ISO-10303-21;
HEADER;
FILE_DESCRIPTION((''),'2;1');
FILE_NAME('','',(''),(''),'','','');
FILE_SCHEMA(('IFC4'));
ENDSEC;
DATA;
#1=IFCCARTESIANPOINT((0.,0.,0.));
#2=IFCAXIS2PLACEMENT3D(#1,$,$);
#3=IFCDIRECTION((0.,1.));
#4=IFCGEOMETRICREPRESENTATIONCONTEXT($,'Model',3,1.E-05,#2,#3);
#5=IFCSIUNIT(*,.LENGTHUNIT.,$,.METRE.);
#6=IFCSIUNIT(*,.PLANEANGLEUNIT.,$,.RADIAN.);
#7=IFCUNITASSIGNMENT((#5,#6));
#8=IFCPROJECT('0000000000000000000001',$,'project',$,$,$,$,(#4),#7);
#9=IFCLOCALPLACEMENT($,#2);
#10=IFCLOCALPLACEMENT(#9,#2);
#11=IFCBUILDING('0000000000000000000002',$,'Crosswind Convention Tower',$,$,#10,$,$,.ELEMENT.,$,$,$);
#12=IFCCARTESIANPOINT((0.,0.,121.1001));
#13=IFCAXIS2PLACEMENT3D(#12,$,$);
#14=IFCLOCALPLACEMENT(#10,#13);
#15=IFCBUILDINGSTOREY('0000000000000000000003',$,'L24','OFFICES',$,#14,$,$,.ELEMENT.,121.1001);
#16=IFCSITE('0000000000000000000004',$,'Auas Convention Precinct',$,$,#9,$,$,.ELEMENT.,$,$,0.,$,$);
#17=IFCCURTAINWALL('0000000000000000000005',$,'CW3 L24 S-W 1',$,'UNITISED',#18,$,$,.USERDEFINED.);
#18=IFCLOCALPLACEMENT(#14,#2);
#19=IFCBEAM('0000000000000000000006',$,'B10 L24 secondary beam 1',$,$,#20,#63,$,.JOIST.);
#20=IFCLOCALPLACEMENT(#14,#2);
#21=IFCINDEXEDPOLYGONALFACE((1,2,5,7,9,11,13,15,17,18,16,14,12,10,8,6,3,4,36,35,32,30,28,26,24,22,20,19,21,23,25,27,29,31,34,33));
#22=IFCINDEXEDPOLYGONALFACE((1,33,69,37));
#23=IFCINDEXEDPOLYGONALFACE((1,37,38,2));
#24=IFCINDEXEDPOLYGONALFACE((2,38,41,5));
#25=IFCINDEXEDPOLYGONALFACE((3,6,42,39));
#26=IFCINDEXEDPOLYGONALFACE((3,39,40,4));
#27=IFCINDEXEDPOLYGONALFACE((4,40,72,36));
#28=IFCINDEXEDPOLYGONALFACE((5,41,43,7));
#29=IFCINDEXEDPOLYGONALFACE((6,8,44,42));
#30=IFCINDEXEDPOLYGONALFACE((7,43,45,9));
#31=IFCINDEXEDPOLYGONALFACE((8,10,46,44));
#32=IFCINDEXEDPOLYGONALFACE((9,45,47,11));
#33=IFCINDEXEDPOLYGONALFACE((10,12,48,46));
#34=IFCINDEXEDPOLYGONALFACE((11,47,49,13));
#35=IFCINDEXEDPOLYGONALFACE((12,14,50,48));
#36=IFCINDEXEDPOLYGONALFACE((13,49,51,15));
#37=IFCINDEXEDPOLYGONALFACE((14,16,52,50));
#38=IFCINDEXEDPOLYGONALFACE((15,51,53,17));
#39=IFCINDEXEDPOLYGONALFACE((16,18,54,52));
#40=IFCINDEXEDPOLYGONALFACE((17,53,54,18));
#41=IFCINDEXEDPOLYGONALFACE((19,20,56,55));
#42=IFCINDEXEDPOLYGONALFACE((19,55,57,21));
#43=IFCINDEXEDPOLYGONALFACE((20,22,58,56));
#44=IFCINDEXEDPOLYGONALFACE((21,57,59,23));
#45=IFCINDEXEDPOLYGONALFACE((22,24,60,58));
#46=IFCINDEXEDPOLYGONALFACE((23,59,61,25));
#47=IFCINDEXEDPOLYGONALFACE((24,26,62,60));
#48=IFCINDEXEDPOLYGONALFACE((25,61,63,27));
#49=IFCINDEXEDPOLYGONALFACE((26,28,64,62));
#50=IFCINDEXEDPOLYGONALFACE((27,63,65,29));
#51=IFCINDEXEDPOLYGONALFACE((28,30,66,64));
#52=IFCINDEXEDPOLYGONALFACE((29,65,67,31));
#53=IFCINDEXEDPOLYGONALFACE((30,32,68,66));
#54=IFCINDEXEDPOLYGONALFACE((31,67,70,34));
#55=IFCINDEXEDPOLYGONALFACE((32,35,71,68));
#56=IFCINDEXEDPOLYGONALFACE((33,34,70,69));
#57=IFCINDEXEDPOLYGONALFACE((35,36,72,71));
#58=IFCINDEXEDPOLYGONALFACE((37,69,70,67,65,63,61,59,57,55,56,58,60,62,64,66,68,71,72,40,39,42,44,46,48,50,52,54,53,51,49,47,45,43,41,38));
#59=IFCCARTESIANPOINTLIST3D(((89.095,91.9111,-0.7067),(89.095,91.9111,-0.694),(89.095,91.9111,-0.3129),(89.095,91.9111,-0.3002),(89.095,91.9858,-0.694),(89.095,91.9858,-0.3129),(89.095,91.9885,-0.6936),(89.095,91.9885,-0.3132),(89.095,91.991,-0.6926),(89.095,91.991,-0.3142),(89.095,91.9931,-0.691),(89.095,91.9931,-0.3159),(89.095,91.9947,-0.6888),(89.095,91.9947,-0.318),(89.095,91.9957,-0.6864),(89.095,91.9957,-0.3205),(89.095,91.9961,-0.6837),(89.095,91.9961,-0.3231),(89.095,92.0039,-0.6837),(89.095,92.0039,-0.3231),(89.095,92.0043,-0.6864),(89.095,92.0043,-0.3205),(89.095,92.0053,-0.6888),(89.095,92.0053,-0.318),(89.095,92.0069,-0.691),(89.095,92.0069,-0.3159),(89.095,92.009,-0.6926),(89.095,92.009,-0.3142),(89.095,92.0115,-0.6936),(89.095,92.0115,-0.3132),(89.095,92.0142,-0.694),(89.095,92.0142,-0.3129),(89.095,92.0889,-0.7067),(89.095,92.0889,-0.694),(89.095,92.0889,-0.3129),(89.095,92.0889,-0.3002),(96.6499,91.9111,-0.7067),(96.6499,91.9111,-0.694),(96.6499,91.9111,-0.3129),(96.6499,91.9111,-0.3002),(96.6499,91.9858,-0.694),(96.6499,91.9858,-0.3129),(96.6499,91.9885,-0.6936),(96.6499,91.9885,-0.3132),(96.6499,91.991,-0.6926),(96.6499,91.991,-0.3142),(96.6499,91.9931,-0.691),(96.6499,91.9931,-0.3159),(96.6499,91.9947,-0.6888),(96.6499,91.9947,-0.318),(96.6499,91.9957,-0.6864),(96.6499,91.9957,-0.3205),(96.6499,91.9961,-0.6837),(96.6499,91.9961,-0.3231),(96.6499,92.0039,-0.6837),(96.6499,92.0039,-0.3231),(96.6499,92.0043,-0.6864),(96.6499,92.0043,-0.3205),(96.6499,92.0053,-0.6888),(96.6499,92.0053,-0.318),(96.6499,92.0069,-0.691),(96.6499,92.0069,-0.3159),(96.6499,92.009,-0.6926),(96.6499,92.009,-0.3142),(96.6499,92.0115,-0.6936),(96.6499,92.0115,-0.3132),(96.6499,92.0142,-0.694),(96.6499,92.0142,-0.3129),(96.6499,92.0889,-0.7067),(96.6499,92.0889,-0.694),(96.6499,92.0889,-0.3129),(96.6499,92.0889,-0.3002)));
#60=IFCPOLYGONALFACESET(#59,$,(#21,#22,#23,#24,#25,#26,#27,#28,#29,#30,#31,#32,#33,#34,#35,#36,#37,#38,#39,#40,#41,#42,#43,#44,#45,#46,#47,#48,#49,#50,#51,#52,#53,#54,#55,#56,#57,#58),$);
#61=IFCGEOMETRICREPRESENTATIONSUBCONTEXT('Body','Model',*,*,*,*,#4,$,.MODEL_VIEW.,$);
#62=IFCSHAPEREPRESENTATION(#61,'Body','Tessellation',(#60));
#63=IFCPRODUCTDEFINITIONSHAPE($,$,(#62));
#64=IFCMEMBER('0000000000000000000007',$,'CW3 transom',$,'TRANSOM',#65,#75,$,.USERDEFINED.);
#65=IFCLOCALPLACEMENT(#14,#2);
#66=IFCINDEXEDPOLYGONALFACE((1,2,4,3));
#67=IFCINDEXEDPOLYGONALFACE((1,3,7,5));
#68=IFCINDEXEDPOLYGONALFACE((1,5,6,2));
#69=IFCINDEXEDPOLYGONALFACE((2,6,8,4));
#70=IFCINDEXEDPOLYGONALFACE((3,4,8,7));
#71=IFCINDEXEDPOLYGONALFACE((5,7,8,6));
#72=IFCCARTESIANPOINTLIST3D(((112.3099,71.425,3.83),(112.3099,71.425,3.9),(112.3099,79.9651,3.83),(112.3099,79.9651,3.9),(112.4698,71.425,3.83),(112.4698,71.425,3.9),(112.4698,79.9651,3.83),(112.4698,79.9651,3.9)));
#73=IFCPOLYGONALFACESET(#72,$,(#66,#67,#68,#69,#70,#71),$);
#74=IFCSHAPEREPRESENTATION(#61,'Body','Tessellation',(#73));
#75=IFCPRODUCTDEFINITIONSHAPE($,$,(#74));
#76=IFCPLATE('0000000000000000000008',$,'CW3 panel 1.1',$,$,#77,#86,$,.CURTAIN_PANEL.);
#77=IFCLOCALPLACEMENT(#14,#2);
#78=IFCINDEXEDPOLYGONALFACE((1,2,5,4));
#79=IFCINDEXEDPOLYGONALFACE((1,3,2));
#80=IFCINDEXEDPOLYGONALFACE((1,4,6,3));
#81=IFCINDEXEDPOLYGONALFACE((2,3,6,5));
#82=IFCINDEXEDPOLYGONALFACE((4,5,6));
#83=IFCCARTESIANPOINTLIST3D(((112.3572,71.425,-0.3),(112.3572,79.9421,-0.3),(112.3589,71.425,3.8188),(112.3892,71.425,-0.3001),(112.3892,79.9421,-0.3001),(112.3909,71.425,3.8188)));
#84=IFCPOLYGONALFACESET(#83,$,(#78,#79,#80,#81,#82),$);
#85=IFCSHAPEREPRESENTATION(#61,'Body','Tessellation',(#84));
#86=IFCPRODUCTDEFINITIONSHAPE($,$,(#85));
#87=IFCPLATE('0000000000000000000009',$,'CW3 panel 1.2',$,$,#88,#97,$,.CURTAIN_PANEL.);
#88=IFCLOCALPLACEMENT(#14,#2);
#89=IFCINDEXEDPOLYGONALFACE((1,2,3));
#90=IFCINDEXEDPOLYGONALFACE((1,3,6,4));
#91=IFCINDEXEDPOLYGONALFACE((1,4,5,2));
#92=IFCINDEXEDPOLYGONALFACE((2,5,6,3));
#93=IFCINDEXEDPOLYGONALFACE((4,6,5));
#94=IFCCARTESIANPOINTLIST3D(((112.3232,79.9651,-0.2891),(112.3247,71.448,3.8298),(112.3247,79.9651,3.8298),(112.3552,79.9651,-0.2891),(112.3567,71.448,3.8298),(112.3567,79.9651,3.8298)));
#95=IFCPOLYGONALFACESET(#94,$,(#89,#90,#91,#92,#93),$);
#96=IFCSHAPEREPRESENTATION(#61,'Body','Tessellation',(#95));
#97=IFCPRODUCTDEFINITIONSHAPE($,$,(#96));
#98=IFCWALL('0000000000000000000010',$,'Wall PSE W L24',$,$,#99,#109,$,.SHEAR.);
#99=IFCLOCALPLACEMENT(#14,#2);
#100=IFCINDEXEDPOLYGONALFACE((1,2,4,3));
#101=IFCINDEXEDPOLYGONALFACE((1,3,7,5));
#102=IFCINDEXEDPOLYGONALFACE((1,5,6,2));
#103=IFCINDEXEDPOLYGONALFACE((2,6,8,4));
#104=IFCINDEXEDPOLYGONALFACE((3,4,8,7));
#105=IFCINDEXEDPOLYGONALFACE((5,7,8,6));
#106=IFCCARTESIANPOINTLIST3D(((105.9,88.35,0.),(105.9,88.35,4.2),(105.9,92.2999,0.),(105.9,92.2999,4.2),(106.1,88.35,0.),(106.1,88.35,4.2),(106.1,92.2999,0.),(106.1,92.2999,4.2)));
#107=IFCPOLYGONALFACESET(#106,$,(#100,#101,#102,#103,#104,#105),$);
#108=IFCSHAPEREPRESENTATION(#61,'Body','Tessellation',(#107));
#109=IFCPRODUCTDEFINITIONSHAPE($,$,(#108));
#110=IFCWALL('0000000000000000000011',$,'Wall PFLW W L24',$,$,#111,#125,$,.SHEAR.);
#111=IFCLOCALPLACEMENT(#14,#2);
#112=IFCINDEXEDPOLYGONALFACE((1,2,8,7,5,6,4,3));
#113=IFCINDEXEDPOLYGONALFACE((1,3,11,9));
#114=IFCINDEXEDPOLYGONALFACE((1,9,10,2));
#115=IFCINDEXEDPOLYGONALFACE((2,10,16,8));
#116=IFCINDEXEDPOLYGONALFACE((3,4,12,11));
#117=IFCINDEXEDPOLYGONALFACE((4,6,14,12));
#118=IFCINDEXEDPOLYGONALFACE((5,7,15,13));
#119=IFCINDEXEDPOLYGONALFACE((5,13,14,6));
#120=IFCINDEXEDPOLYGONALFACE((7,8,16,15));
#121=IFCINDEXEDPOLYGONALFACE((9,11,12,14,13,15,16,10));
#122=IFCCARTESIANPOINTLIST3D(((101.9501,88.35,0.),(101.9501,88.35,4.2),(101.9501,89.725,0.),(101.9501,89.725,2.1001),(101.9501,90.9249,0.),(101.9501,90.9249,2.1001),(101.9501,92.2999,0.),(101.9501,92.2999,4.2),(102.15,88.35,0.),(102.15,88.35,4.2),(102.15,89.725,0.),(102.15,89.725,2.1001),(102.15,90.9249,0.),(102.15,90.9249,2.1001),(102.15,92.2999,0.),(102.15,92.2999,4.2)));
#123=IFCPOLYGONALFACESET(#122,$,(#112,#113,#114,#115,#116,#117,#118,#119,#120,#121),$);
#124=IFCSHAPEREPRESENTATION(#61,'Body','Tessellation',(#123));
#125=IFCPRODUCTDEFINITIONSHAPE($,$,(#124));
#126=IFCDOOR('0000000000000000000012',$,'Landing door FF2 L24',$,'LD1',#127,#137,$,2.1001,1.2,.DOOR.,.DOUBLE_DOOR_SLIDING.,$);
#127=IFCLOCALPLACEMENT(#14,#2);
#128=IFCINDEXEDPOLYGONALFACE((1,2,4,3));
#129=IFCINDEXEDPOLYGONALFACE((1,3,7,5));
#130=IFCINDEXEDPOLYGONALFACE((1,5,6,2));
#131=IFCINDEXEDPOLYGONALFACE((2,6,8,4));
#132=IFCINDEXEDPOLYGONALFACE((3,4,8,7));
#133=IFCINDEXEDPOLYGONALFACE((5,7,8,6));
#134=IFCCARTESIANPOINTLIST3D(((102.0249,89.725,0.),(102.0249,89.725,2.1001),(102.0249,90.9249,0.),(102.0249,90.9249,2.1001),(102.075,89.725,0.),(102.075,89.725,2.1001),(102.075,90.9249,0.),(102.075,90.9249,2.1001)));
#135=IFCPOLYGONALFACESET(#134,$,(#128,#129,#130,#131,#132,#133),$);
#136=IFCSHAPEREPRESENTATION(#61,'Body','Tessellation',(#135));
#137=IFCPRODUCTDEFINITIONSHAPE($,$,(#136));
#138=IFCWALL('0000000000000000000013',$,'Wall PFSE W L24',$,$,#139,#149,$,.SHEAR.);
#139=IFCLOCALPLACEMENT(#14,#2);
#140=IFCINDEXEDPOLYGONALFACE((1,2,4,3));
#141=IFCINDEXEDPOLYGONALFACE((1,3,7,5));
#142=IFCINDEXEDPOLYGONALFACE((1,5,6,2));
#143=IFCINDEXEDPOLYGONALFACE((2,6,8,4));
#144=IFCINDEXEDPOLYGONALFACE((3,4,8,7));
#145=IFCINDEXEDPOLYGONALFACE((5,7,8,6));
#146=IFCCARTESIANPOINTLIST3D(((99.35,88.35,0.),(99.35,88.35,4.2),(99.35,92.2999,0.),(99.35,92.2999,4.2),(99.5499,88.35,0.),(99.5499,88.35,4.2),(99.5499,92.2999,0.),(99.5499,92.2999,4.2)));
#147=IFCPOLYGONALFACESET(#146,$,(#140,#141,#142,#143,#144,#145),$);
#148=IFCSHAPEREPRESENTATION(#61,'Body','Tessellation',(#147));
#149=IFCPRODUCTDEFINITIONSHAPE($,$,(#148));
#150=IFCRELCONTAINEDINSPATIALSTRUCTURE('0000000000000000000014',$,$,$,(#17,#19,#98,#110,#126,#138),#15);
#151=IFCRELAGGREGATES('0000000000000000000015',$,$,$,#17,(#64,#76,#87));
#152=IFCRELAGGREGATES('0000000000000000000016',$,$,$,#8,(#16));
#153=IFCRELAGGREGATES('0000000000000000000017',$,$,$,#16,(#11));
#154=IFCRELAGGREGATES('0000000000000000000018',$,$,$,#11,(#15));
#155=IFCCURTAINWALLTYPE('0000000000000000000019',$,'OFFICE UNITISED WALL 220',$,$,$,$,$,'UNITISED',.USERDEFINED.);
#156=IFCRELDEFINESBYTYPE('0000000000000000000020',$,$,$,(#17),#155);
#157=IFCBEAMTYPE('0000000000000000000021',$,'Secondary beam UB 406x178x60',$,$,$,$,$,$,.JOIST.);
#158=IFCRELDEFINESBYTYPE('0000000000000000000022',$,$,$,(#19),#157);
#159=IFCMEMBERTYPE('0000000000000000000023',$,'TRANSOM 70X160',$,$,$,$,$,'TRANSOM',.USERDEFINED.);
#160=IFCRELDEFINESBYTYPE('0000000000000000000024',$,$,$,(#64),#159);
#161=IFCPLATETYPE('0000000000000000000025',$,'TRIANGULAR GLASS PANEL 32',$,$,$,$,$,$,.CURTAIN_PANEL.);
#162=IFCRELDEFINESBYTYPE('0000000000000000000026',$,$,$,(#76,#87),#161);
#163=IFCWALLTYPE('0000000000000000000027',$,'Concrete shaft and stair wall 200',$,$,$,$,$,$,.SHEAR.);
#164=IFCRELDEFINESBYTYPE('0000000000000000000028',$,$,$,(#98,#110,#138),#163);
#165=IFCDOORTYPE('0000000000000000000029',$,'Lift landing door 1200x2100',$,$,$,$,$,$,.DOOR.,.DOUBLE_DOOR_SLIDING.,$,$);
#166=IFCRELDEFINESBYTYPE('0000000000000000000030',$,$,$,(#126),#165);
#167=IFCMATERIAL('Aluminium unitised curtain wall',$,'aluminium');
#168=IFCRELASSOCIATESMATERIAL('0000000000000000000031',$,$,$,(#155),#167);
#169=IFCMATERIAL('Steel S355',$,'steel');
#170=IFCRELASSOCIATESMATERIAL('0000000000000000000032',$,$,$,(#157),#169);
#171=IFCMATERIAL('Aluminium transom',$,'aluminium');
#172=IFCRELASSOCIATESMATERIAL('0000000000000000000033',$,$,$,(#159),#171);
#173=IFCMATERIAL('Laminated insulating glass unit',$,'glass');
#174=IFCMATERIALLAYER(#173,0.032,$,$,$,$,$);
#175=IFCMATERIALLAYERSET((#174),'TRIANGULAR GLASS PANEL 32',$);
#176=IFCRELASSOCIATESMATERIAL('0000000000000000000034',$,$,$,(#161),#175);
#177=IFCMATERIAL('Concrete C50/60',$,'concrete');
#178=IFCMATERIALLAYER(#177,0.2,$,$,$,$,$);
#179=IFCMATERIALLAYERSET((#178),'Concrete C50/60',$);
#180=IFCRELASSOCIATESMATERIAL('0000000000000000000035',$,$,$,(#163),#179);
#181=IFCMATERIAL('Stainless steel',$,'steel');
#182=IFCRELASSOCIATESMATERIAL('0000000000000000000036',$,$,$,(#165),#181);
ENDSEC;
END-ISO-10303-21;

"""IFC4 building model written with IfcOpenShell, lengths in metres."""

from ifc_helpers import new_model, si_unit, direction, frame, frame_2d, origin, origin_2d, place, context, subcontext, project, spatial, polyline, rectangle, i_section, outline, extrude, material, layer, layer_set, material_profile, profile_set, type_object, element, fill, aggregate, save


model = new_model("IFC4")

# Units and contexts
model_context = context("Model", 3, precision=1e-05, world=origin(), true_north=direction((0.0, 1.0)))
body_context = subcontext(model_context, "Body", "Model", "MODEL_VIEW")
ifc_project = project(units=[si_unit("LENGTHUNIT", "METRE"), si_unit("PLANEANGLEUNIT", "RADIAN")], contexts=[model_context])

# Site, building, storey
site_placement = place(None, origin())
site = spatial("IfcSite", under=ifc_project, at=site_placement, Name="Auas Convention Precinct", CompositionType="ELEMENT", RefElevation=0.0)
building_placement = place(site_placement, origin())
building = spatial("IfcBuilding", under=site, at=building_placement, Name="Crosswind Convention Tower", CompositionType="ELEMENT")
storey_placement = place(building_placement, frame((0.0, 0.0, 121.1001)))
storey = spatial("IfcBuildingStorey", under=building, at=storey_placement, Name="L24", Description="OFFICES", CompositionType="ELEMENT", Elevation=121.1001)

# Shared definitions
ifc_material_1 = material(Name="Steel S355", Category="steel")

# Shared definitions
ifc_material_2 = material(Name="Aluminium unitised curtain wall", Category="aluminium")

# Curtain wall
curtain_wall_type_1 = type_object("IfcCurtainWallType", Name="OFFICE UNITISED WALL 220", ElementType="UNITISED", PredefinedType="USERDEFINED", material=ifc_material_2)
curtain_wall_1_placement = place(storey_placement, origin())
curtain_wall_1 = element("IfcCurtainWall", 1, at=curtain_wall_1_placement, inside=storey, type_object=curtain_wall_type_1, Name="CW3 L24 S-W 1", ObjectType="UNITISED", PredefinedType="USERDEFINED")

# Beam
ifc_material_profile_1 = material_profile(ifc_material_1, i_section(OverallWidth=0.1777, OverallDepth=0.4065, WebThickness=0.0078, FlangeThickness=0.0127, FilletRadius=0.0103, at=origin_2d()), Name="UB 406x178x60")
ifc_profile_set_1 = profile_set([ifc_material_profile_1], Name="Steel S355")
beam_type_1 = type_object("IfcBeamType", Name="Secondary beam UB 406x178x60", PredefinedType="JOIST", material=ifc_profile_set_1)
beam_1_placement = place(storey_placement, frame((89.095, 92.0, -0.5034), z_axis=(1.0, 0.0, 0.0), x_axis=(0.0, 1.0, 0.0)))
element("IfcBeam", 2, at=beam_1_placement, inside=storey, type_object=beam_type_1, Name="B10 L24 secondary beam 1", PredefinedType="JOIST", context=body_context, shape_type="SweptSolid", body=[
    extrude(i_section(OverallWidth=0.1777, OverallDepth=0.4065, WebThickness=0.0078, FlangeThickness=0.0127, FilletRadius=0.0103, at=origin_2d()), origin(), (0.0, 0.0, 1.0), 7.5549),
])

# Member
ifc_material_3 = material(Name="Aluminium transom", Category="aluminium")
ifc_material_profile_2 = material_profile(ifc_material_3, rectangle(XDim=0.1599, YDim=0.0701, at=origin_2d()), Name="AL 160X70")
ifc_profile_set_2 = profile_set([ifc_material_profile_2], Name="Aluminium transom")
member_type_1 = type_object("IfcMemberType", Name="TRANSOM 70X160", ElementType="TRANSOM", PredefinedType="USERDEFINED", material=ifc_profile_set_2)
member_1_placement = place(storey_placement, frame((112.3899, 79.9651, 3.865), z_axis=(0.0, -1.0, 0.0), x_axis=(1.0, 0.0, 0.0)))
member_1 = element("IfcMember", 3, at=member_1_placement, type_object=member_type_1, Name="CW3 transom", ObjectType="TRANSOM", PredefinedType="USERDEFINED", context=body_context, shape_type="SweptSolid", body=[
    extrude(rectangle(XDim=0.1599, YDim=0.0701, at=origin_2d()), origin(), (0.0, 0.0, 1.0), 8.54),
])

# Plates
ifc_material_4 = material(Name="Laminated insulating glass unit", Category="glass")
ifc_layer_1 = layer(ifc_material_4, 0.032)
ifc_layer_set_1 = layer_set([ifc_layer_1], Name="TRIANGULAR GLASS PANEL 32")
plate_type = type_object("IfcPlateType", Name="TRIANGULAR GLASS PANEL 32", PredefinedType="CURTAIN_PANEL", material=ifc_layer_set_1)
plate_1_placement = place(storey_placement, frame((112.3572, 71.425, -0.3), z_axis=(-1.0, 0.0, 0.000415), x_axis=(0.000415, 0.0, 1.0)))
plate_1 = element("IfcPlate", 4, at=plate_1_placement, type_object=plate_type, Name="CW3 panel 1.1", PredefinedType="CURTAIN_PANEL", context=body_context, shape_type="SweptSolid", body=[
    extrude(outline(polyline([(0.0, 0.0), (4.1189, 0.0), (0.0, 8.5171), (0.0, 0.0)])), origin(), (0.0, 0.0, -1.0), 0.032),
])
plate_2_placement = place(storey_placement, frame((112.3247, 79.9651, 3.8298), z_axis=(-1.0, 0.0, 0.000356), x_axis=(-0.000356, 0.0, -1.0)))
plate_2 = element("IfcPlate", 5, at=plate_2_placement, type_object=plate_type, Name="CW3 panel 1.2", PredefinedType="CURTAIN_PANEL", context=body_context, shape_type="SweptSolid", body=[
    extrude(outline(polyline([(0.0, 0.0), (4.1189, 0.0), (0.0, 8.5171), (0.0, 0.0)])), origin(), (0.0, 0.0, -1.0), 0.032),
])

# Wall
ifc_material_5 = material(Name="Concrete C50/60", Category="concrete")
ifc_layer_2 = layer(ifc_material_5, 0.2)
ifc_layer_set_2 = layer_set([ifc_layer_2], Name="Concrete C50/60")
wall_type_1 = type_object("IfcWallType", Name="Concrete shaft and stair wall 200", PredefinedType="SHEAR", material=ifc_layer_set_2)
wall_1_placement = place(storey_placement, frame((106.0, 92.3, 0.0), z_axis=(0.0, 0.0, 1.0), x_axis=(0.0, -1.0, 0.0)))
element("IfcWall", 6, at=wall_1_placement, inside=storey, type_object=wall_type_1, Name="Wall PSE W L24", PredefinedType="SHEAR", context=body_context, shape_type="SweptSolid", body=[
    extrude(rectangle(XDim=3.95, YDim=0.2, at=frame_2d((1.9751, 0.0))), origin(), (0.0, 0.0, 1.0), 4.2),
])

# Wall, opening, door
wall_2_placement = place(storey_placement, frame((102.05, 92.3, 0.0), z_axis=(0.0, 0.0, 1.0), x_axis=(0.0, -1.0, 0.0)))
wall_2 = element("IfcWall", 7, at=wall_2_placement, inside=storey, type_object=wall_type_1, Name="Wall PFLW W L24", PredefinedType="SHEAR", context=body_context, shape_type="SweptSolid", body=[
    extrude(rectangle(XDim=3.95, YDim=0.2, at=frame_2d((1.9751, 0.0))), origin(), (0.0, 0.0, 1.0), 4.2),
])
opening_1_placement = place(wall_2_placement, frame((1.375, 0.0, 0.0)))
opening_1 = element("IfcOpeningElement", 8, at=opening_1_placement, cuts=wall_2, PredefinedType="OPENING", context=body_context, shape_type="SweptSolid", body=[
    extrude(rectangle(XDim=1.2, YDim=2.1001, at=frame_2d((0.6001, 1.05))), frame((0.0, 0.1099, 0.0), z_axis=(0.0, -1.0, 0.0), x_axis=(1.0, 0.0, 0.0)), (0.0, 0.0, 1.0), 0.22),
])
ifc_material_6 = material(Name="Stainless steel", Category="steel")
door_type_1 = type_object("IfcDoorType", Name="Lift landing door 1200x2100", OperationType="DOUBLE_DOOR_SLIDING", PredefinedType="DOOR", material=ifc_material_6)
door_1_placement = place(opening_1_placement, origin())
door_1 = element("IfcDoor", 9, at=door_1_placement, inside=storey, type_object=door_type_1, Name="Landing door FF2 L24", ObjectType="LD1", OperationType="DOUBLE_DOOR_SLIDING", OverallHeight=2.1001, OverallWidth=1.2, PredefinedType="DOOR", context=body_context, shape_type="SweptSolid", body=[
    extrude(rectangle(XDim=1.2, YDim=2.1001, at=frame_2d((0.6001, 1.05))), frame((0.0, 0.0249, 0.0), z_axis=(0.0, -1.0, 0.0), x_axis=(1.0, 0.0, 0.0)), (0.0, 0.0, 1.0), 0.05),
])
fill(opening_1, door_1)

# Wall
wall_3_placement = place(storey_placement, frame((99.45, 92.3, 0.0), z_axis=(0.0, 0.0, 1.0), x_axis=(0.0, -1.0, 0.0)))
element("IfcWall", 10, at=wall_3_placement, inside=storey, type_object=wall_type_1, Name="Wall PFSE W L24", PredefinedType="SHEAR", context=body_context, shape_type="SweptSolid", body=[
    extrude(rectangle(XDim=3.95, YDim=0.2, at=frame_2d((1.9751, 0.0))), origin(), (0.0, 0.0, 1.0), 4.2),
])

aggregate(curtain_wall_1, [member_1, plate_1, plate_2])

save(model, "model.ifc")
